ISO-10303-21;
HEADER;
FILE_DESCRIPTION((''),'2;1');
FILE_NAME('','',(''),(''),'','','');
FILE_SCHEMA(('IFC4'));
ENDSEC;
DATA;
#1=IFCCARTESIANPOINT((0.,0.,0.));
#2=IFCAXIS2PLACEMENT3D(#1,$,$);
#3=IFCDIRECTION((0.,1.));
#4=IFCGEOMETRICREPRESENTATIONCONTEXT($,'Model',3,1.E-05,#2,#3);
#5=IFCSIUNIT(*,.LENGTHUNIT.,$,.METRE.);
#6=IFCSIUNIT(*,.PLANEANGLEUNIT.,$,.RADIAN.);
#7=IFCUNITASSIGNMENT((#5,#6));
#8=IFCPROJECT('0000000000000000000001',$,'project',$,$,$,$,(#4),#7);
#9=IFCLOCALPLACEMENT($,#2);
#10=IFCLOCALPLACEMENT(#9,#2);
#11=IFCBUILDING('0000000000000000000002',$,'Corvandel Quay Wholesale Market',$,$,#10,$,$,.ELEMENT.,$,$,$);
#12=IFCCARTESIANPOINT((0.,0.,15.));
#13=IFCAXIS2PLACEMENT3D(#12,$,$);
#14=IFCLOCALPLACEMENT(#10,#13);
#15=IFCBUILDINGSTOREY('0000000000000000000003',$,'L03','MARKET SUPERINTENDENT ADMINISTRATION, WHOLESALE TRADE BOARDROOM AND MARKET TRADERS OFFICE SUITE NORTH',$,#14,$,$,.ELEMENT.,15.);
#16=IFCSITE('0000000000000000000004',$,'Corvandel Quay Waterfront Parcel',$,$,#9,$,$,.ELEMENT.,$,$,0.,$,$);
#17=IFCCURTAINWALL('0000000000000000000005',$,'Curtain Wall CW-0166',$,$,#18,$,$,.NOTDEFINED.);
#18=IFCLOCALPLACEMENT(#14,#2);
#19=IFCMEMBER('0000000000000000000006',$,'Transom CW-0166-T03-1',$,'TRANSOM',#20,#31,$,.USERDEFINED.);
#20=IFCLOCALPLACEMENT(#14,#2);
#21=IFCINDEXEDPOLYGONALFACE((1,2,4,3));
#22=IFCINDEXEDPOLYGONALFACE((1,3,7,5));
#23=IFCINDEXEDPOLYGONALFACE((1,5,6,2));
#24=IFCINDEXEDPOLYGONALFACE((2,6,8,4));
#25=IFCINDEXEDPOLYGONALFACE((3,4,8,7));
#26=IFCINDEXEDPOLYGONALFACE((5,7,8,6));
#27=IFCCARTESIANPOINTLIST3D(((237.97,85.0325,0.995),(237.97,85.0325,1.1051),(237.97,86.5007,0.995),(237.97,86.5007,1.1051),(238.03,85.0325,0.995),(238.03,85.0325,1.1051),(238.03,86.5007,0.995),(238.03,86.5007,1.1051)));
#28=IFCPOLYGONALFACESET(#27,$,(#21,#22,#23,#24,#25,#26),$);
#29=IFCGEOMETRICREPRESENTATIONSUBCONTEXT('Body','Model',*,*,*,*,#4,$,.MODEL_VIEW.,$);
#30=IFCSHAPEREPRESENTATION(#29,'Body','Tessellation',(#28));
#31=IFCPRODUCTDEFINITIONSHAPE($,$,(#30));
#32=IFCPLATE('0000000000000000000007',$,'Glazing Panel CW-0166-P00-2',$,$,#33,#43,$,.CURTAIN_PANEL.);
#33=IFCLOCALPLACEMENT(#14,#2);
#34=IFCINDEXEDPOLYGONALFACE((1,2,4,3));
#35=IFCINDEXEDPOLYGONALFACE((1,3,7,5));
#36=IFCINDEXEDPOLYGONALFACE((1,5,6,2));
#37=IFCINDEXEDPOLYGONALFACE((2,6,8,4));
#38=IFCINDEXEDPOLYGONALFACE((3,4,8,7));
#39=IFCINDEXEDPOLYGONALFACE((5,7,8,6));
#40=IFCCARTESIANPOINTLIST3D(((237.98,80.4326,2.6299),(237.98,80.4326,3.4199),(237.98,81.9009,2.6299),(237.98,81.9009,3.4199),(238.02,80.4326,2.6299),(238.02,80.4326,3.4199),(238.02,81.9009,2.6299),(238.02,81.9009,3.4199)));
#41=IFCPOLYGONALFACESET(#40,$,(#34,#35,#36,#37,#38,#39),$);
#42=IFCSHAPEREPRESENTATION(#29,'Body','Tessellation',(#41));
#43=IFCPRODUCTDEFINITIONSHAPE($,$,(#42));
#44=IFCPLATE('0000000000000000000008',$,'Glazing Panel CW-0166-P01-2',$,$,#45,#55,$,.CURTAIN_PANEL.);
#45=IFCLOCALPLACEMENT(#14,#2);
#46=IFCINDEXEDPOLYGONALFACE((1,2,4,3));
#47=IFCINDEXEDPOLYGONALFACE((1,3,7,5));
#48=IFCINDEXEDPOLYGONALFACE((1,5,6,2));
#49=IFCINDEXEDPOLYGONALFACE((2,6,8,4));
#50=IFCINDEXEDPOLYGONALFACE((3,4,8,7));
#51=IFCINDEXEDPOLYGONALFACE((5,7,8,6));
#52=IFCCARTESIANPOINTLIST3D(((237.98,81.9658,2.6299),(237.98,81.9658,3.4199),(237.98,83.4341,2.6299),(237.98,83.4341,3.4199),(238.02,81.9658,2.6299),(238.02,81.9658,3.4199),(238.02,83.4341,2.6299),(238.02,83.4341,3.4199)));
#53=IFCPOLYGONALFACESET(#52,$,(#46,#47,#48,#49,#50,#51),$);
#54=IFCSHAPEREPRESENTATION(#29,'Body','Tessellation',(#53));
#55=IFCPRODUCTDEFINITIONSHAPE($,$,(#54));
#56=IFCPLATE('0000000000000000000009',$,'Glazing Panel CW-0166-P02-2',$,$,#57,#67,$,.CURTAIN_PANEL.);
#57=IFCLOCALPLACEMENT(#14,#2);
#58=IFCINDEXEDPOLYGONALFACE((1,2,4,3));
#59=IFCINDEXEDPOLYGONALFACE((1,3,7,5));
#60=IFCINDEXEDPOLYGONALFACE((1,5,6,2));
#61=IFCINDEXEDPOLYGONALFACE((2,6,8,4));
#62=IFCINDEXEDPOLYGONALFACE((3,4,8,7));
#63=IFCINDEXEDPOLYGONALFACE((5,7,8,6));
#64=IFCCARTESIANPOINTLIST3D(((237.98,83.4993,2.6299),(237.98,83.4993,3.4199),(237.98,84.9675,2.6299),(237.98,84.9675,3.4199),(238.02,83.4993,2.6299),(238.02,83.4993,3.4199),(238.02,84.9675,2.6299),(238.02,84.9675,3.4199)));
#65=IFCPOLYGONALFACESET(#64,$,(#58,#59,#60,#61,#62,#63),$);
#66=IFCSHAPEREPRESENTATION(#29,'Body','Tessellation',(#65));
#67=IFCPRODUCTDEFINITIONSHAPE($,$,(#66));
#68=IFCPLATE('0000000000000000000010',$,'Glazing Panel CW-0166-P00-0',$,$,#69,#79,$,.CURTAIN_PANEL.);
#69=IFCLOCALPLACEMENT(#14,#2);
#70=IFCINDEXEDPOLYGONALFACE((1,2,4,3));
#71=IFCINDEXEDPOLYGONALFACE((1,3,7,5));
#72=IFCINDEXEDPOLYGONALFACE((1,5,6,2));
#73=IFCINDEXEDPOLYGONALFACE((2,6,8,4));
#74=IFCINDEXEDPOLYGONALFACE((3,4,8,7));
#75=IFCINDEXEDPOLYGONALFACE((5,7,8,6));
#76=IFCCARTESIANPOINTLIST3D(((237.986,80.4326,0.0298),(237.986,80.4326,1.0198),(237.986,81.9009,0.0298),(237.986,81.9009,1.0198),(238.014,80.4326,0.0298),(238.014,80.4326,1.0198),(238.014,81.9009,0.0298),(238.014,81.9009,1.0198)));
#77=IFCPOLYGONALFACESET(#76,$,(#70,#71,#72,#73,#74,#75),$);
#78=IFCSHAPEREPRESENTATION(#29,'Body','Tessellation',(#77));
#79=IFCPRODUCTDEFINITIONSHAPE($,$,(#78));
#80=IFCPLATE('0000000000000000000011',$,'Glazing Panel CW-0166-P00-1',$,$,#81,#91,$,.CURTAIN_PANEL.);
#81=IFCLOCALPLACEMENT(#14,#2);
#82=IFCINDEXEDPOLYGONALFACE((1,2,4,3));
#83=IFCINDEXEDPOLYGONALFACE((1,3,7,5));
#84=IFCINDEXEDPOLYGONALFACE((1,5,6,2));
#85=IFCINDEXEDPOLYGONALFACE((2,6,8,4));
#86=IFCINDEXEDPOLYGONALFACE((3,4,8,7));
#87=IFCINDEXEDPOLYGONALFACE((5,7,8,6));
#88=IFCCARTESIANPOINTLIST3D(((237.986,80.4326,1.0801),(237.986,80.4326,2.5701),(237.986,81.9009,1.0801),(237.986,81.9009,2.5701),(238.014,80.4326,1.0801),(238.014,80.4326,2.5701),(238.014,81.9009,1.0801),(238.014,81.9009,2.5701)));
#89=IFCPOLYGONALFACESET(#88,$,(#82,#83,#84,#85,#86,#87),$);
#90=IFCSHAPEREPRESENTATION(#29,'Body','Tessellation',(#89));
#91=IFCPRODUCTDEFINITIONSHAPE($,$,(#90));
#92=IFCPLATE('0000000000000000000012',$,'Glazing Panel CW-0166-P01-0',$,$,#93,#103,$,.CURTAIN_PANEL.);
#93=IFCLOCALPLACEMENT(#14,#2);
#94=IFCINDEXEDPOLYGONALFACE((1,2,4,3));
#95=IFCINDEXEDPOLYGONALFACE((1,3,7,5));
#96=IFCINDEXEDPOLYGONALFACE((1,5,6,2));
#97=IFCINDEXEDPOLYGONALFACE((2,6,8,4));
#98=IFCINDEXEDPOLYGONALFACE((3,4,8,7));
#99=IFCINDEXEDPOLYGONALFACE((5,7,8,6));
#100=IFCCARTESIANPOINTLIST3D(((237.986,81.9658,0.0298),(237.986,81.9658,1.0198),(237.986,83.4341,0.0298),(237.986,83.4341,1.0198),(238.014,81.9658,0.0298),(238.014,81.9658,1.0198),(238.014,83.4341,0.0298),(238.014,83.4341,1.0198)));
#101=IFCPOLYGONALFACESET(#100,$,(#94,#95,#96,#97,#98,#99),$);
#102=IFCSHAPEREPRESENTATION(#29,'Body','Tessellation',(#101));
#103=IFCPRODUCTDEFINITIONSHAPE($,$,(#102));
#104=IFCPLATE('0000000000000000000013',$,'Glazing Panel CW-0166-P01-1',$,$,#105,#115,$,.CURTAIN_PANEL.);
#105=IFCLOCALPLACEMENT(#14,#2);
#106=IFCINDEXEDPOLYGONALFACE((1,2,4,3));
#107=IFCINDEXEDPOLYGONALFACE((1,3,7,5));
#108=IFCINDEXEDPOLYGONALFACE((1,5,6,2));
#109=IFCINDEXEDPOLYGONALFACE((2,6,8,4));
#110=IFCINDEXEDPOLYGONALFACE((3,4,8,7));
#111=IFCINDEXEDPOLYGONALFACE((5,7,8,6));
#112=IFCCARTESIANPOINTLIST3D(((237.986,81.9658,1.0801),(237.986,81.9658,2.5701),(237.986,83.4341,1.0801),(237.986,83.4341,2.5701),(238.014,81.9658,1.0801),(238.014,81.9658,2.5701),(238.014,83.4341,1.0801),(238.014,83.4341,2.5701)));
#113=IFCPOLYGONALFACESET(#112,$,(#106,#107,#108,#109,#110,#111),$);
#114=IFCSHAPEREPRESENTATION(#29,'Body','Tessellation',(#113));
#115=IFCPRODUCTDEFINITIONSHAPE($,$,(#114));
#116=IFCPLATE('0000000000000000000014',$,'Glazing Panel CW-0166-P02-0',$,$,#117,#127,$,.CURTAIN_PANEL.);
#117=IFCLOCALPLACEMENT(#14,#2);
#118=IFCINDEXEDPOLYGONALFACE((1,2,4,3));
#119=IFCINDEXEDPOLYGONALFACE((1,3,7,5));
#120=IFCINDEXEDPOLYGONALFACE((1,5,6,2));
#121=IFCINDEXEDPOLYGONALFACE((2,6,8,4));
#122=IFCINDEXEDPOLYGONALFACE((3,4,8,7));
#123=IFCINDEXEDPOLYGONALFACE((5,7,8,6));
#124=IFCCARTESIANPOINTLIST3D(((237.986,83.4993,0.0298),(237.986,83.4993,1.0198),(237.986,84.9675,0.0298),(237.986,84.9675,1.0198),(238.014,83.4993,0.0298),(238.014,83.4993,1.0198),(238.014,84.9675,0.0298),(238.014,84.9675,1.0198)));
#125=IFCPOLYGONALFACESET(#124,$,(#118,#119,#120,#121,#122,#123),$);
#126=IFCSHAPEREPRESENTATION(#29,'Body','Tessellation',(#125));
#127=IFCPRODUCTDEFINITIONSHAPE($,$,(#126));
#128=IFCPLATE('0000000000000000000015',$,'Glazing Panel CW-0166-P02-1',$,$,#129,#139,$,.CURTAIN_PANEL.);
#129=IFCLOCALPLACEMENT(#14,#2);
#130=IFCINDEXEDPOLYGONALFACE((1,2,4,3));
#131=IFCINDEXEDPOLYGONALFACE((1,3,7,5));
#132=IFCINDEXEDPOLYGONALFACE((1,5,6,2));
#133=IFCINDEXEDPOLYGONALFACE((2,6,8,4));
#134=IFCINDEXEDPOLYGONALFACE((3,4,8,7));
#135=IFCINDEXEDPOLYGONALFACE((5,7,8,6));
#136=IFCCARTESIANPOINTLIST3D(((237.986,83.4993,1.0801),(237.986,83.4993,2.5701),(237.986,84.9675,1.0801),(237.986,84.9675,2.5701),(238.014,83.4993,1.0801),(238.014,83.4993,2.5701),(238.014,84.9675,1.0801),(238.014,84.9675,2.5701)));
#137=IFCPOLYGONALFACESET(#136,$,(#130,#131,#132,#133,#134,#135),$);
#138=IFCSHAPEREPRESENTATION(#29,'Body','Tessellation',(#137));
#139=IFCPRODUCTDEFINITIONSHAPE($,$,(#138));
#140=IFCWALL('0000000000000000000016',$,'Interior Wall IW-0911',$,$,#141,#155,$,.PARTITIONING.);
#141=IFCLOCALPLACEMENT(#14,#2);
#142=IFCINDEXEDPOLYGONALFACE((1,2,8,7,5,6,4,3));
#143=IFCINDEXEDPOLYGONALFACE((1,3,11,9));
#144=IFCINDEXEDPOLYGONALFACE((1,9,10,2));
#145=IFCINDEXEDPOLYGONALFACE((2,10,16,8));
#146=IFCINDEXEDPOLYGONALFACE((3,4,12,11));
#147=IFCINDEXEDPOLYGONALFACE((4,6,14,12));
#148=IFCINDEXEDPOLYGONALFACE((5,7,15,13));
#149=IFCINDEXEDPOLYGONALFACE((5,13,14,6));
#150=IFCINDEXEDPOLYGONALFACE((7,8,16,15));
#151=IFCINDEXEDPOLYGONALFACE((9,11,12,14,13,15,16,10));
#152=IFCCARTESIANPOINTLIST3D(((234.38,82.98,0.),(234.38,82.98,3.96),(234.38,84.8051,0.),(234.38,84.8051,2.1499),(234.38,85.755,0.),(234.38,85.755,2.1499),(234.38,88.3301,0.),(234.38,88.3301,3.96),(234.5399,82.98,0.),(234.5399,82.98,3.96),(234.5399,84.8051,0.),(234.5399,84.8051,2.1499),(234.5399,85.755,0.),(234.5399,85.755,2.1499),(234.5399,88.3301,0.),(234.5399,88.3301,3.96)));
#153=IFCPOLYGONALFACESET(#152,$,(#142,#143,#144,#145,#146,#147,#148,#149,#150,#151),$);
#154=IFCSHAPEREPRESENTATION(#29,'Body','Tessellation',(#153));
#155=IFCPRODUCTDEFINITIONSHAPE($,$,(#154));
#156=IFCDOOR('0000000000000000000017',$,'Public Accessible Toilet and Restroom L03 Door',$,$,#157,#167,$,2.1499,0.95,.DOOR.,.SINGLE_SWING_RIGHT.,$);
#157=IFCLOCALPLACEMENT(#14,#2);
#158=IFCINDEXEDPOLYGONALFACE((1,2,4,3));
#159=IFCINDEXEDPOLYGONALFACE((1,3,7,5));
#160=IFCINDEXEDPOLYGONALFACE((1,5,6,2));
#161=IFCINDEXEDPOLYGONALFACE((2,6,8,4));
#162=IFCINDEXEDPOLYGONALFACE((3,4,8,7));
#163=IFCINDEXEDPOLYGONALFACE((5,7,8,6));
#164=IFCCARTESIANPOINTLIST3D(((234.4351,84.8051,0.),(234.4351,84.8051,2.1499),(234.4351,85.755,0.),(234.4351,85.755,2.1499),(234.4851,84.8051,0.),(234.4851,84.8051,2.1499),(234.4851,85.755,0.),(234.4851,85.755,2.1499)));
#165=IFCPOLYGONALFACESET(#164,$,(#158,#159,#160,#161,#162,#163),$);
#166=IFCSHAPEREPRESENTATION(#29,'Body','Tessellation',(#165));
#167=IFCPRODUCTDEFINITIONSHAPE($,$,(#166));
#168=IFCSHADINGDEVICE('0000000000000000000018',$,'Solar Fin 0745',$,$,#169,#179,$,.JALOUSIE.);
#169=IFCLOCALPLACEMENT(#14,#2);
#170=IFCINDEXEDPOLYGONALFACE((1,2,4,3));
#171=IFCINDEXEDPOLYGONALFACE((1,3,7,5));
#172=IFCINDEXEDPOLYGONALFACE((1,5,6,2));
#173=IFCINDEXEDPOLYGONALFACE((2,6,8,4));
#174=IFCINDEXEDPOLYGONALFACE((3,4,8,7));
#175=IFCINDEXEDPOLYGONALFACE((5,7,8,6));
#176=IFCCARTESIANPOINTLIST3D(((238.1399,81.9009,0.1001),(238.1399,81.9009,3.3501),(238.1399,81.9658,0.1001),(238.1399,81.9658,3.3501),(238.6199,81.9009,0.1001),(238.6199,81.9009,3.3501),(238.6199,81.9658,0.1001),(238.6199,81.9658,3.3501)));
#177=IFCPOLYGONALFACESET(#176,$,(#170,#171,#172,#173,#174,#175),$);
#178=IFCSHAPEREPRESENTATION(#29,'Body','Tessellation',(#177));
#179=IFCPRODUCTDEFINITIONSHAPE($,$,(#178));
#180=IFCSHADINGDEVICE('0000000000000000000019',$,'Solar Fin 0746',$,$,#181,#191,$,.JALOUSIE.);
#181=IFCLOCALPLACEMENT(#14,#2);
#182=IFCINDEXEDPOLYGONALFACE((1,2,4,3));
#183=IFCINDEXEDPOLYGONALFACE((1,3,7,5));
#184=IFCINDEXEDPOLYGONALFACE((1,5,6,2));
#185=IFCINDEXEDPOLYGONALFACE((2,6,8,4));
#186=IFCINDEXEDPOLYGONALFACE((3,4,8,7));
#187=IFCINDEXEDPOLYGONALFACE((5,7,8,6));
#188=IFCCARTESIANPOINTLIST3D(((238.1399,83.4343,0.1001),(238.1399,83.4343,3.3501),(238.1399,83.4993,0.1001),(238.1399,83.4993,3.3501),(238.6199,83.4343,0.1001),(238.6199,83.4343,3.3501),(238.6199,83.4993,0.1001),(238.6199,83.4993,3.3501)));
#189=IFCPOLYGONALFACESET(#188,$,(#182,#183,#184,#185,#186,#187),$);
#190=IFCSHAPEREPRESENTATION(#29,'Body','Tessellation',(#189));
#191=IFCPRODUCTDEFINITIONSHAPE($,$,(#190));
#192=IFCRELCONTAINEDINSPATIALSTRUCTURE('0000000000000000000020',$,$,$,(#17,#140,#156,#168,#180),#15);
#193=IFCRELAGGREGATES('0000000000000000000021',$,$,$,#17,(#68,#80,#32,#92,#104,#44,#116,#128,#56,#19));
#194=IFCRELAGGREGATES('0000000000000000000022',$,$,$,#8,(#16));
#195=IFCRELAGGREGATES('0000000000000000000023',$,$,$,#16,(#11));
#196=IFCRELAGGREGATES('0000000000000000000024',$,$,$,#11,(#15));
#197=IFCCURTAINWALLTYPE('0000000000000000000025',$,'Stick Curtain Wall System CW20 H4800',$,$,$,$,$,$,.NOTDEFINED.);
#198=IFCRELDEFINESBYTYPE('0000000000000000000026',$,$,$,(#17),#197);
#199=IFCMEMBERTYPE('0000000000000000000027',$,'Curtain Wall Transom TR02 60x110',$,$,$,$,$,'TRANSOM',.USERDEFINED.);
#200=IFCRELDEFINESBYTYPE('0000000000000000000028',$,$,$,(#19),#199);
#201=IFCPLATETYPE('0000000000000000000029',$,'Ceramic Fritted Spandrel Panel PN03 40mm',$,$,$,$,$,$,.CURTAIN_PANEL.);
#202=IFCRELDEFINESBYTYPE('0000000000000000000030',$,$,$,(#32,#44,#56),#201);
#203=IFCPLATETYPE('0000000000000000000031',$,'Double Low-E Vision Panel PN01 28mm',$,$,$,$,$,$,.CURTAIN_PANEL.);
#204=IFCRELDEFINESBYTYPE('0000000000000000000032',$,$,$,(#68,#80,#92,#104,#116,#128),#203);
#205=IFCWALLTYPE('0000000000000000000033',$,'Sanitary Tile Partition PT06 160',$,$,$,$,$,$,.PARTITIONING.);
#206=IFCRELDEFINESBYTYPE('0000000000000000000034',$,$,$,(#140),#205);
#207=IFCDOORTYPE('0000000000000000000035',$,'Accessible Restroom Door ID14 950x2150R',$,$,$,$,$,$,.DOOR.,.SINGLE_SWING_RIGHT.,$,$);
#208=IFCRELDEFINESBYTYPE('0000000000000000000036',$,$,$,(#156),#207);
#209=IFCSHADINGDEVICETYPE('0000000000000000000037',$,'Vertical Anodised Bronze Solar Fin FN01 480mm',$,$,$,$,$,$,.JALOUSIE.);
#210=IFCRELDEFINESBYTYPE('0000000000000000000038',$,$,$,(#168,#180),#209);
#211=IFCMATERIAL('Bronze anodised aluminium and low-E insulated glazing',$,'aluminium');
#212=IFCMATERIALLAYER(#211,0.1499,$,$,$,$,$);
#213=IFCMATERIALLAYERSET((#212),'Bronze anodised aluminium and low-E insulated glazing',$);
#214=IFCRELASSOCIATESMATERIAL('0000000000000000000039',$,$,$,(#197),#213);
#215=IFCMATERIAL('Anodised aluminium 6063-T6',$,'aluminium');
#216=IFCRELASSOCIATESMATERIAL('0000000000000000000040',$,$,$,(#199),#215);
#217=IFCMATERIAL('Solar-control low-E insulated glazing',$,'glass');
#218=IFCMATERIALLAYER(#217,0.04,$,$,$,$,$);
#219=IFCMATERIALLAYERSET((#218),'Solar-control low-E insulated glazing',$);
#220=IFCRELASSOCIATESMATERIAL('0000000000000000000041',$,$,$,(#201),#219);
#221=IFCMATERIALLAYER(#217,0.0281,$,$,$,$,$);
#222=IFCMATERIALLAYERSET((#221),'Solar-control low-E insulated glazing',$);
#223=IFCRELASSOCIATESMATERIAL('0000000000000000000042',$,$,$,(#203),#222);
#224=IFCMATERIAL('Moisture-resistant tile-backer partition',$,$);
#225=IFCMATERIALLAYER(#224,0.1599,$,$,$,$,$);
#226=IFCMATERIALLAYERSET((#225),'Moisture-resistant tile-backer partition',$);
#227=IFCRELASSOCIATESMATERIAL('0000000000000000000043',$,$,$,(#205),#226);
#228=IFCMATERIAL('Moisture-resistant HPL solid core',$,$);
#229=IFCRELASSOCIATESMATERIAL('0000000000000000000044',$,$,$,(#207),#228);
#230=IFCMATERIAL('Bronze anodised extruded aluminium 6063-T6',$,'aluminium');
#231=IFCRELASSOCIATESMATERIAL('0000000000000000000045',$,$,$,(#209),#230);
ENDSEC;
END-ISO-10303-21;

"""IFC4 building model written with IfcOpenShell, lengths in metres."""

from ifc_helpers import new_model, si_unit, direction, frame, frame_2d, origin, origin_2d, place, context, subcontext, project, spatial, rectangle, extrude, material, layer, layer_set, material_profile, profile_set, type_object, element, fill, aggregate, save


model = new_model("IFC4")

# Units and contexts
model_context = context("Model", 3, precision=1e-05, world=origin(), true_north=direction((0.0, 1.0)))
body_context = subcontext(model_context, "Body", "Model", "MODEL_VIEW")
ifc_project = project(units=[si_unit("LENGTHUNIT", "METRE"), si_unit("PLANEANGLEUNIT", "RADIAN")], contexts=[model_context])

# Site, building, storey
site_placement = place(None, origin())
site = spatial("IfcSite", under=ifc_project, at=site_placement, Name="Corvandel Quay Waterfront Parcel", CompositionType="ELEMENT", RefElevation=0.0)
building_placement = place(site_placement, origin())
building = spatial("IfcBuilding", under=site, at=building_placement, Name="Corvandel Quay Wholesale Market", CompositionType="ELEMENT")
storey_placement = place(building_placement, frame((0.0, 0.0, 15.0)))
storey = spatial("IfcBuildingStorey", under=building, at=storey_placement, Name="L03", Description="MARKET SUPERINTENDENT ADMINISTRATION, WHOLESALE TRADE BOARDROOM AND MARKET TRADERS OFFICE SUITE NORTH", CompositionType="ELEMENT", Elevation=15.0)

# Curtain wall, member, plates
ifc_material_1 = material(Name="Bronze anodised aluminium and low-E insulated glazing", Category="aluminium")
ifc_layer_1 = layer(ifc_material_1, 0.1499)
ifc_layer_set_1 = layer_set([ifc_layer_1], Name="Bronze anodised aluminium and low-E insulated glazing")
curtain_wall_type = type_object("IfcCurtainWallType", Name="Stick Curtain Wall System CW20 H4800", PredefinedType="NOTDEFINED", material=ifc_layer_set_1)
curtain_wall_placement = place(storey_placement, origin())
curtain_wall = element("IfcCurtainWall", 1, at=curtain_wall_placement, inside=storey, type_object=curtain_wall_type, Name="Curtain Wall CW-0166", PredefinedType="NOTDEFINED")
ifc_material_2 = material(Name="Anodised aluminium 6063-T6", Category="aluminium")
ifc_material_profile_1 = material_profile(ifc_material_2, rectangle(XDim=0.0601, YDim=0.1101, at=origin_2d()), Name="ALU-TRN-60x110")
ifc_profile_set_1 = profile_set([ifc_material_profile_1], Name="Anodised aluminium 6063-T6")
member_type_1 = type_object("IfcMemberType", Name="Curtain Wall Transom TR02 60x110", ElementType="TRANSOM", PredefinedType="USERDEFINED", material=ifc_profile_set_1)
member_1_placement = place(storey_placement, frame((238.0, 85.0325, 1.05), z_axis=(0.0, 1.0, 0.0), x_axis=(-1.0, 0.0, 0.0)))
member_1 = element("IfcMember", 2, at=member_1_placement, type_object=member_type_1, Name="Transom CW-0166-T03-1", ObjectType="TRANSOM", PredefinedType="USERDEFINED", context=body_context, shape_type="SweptSolid", body=[
    extrude(rectangle(XDim=0.0601, YDim=0.1101, at=origin_2d()), origin(), (0.0, 0.0, 1.0), 1.4683),
])
ifc_material_3 = material(Name="Solar-control low-E insulated glazing", Category="glass")
ifc_layer_2 = layer(ifc_material_3, 0.04)
ifc_layer_set_2 = layer_set([ifc_layer_2], Name="Solar-control low-E insulated glazing")
plate_type_1 = type_object("IfcPlateType", Name="Ceramic Fritted Spandrel Panel PN03 40mm", PredefinedType="CURTAIN_PANEL", material=ifc_layer_set_2)
plate_1_placement = place(storey_placement, frame((238.0, 81.1667, 2.6299), z_axis=(0.0, 0.0, 1.0), x_axis=(0.0, 1.0, 0.0)))
plate_1 = element("IfcPlate", 3, at=plate_1_placement, type_object=plate_type_1, Name="Glazing Panel CW-0166-P00-2", PredefinedType="CURTAIN_PANEL", context=body_context, shape_type="SweptSolid", body=[
    extrude(rectangle(XDim=1.4683, YDim=0.04, at=origin_2d()), origin(), (0.0, 0.0, 1.0), 0.79),
])
plate_2_placement = place(storey_placement, frame((238.0, 82.7, 2.6299), z_axis=(0.0, 0.0, 1.0), x_axis=(0.0, 1.0, 0.0)))
plate_2 = element("IfcPlate", 4, at=plate_2_placement, type_object=plate_type_1, Name="Glazing Panel CW-0166-P01-2", PredefinedType="CURTAIN_PANEL", context=body_context, shape_type="SweptSolid", body=[
    extrude(rectangle(XDim=1.4683, YDim=0.04, at=origin_2d()), origin(), (0.0, 0.0, 1.0), 0.79),
])
plate_3_placement = place(storey_placement, frame((238.0, 84.2334, 2.6299), z_axis=(0.0, 0.0, 1.0), x_axis=(0.0, 1.0, 0.0)))
plate_3 = element("IfcPlate", 5, at=plate_3_placement, type_object=plate_type_1, Name="Glazing Panel CW-0166-P02-2", PredefinedType="CURTAIN_PANEL", context=body_context, shape_type="SweptSolid", body=[
    extrude(rectangle(XDim=1.4683, YDim=0.04, at=origin_2d()), origin(), (0.0, 0.0, 1.0), 0.79),
])
ifc_layer_3 = layer(ifc_material_3, 0.0281)
ifc_layer_set_3 = layer_set([ifc_layer_3], Name="Solar-control low-E insulated glazing")
plate_type_2 = type_object("IfcPlateType", Name="Double Low-E Vision Panel PN01 28mm", PredefinedType="CURTAIN_PANEL", material=ifc_layer_set_3)
plate_4_placement = place(storey_placement, frame((238.0, 81.1667, 0.0298), z_axis=(0.0, 0.0, 1.0), x_axis=(0.0, 1.0, 0.0)))
plate_4 = element("IfcPlate", 6, at=plate_4_placement, type_object=plate_type_2, Name="Glazing Panel CW-0166-P00-0", PredefinedType="CURTAIN_PANEL", context=body_context, shape_type="SweptSolid", body=[
    extrude(rectangle(XDim=1.4683, YDim=0.0281, at=origin_2d()), origin(), (0.0, 0.0, 1.0), 0.99),
])
plate_5_placement = place(storey_placement, frame((238.0, 81.1667, 1.0801), z_axis=(0.0, 0.0, 1.0), x_axis=(0.0, 1.0, 0.0)))
plate_5 = element("IfcPlate", 7, at=plate_5_placement, type_object=plate_type_2, Name="Glazing Panel CW-0166-P00-1", PredefinedType="CURTAIN_PANEL", context=body_context, shape_type="SweptSolid", body=[
    extrude(rectangle(XDim=1.4683, YDim=0.0281, at=origin_2d()), origin(), (0.0, 0.0, 1.0), 1.49),
])
plate_6_placement = place(storey_placement, frame((238.0, 82.7, 0.0298), z_axis=(0.0, 0.0, 1.0), x_axis=(0.0, 1.0, 0.0)))
plate_6 = element("IfcPlate", 8, at=plate_6_placement, type_object=plate_type_2, Name="Glazing Panel CW-0166-P01-0", PredefinedType="CURTAIN_PANEL", context=body_context, shape_type="SweptSolid", body=[
    extrude(rectangle(XDim=1.4683, YDim=0.0281, at=origin_2d()), origin(), (0.0, 0.0, 1.0), 0.99),
])
plate_7_placement = place(storey_placement, frame((238.0, 82.7, 1.0801), z_axis=(0.0, 0.0, 1.0), x_axis=(0.0, 1.0, 0.0)))
plate_7 = element("IfcPlate", 9, at=plate_7_placement, type_object=plate_type_2, Name="Glazing Panel CW-0166-P01-1", PredefinedType="CURTAIN_PANEL", context=body_context, shape_type="SweptSolid", body=[
    extrude(rectangle(XDim=1.4683, YDim=0.0281, at=origin_2d()), origin(), (0.0, 0.0, 1.0), 1.49),
])
plate_8_placement = place(storey_placement, frame((238.0, 84.2334, 0.0298), z_axis=(0.0, 0.0, 1.0), x_axis=(0.0, 1.0, 0.0)))
plate_8 = element("IfcPlate", 10, at=plate_8_placement, type_object=plate_type_2, Name="Glazing Panel CW-0166-P02-0", PredefinedType="CURTAIN_PANEL", context=body_context, shape_type="SweptSolid", body=[
    extrude(rectangle(XDim=1.4683, YDim=0.0281, at=origin_2d()), origin(), (0.0, 0.0, 1.0), 0.99),
])
plate_9_placement = place(storey_placement, frame((238.0, 84.2334, 1.0801), z_axis=(0.0, 0.0, 1.0), x_axis=(0.0, 1.0, 0.0)))
plate_9 = element("IfcPlate", 11, at=plate_9_placement, type_object=plate_type_2, Name="Glazing Panel CW-0166-P02-1", PredefinedType="CURTAIN_PANEL", context=body_context, shape_type="SweptSolid", body=[
    extrude(rectangle(XDim=1.4683, YDim=0.0281, at=origin_2d()), origin(), (0.0, 0.0, 1.0), 1.49),
])
aggregate(curtain_wall, [plate_4, plate_5, plate_1, plate_6, plate_7, plate_2, plate_8, plate_9, plate_3, member_1])

# Wall, opening, door
ifc_material_4 = material(Name="Moisture-resistant tile-backer partition")
ifc_layer_4 = layer(ifc_material_4, 0.1599)
ifc_layer_set_4 = layer_set([ifc_layer_4], Name="Moisture-resistant tile-backer partition")
wall_type = type_object("IfcWallType", Name="Sanitary Tile Partition PT06 160", PredefinedType="PARTITIONING", material=ifc_layer_set_4)
wall_placement = place(storey_placement, frame((234.46, 82.98, 0.0), z_axis=(0.0, 0.0, 1.0), x_axis=(0.0, 1.0, 0.0)))
wall = element("IfcWall", 12, at=wall_placement, inside=storey, type_object=wall_type, Name="Interior Wall IW-0911", PredefinedType="PARTITIONING", context=body_context, shape_type="SweptSolid", body=[
    extrude(rectangle(XDim=5.3501, YDim=0.1599, at=frame_2d((2.675, 0.0))), origin(), (0.0, 0.0, 1.0), 3.96),
])
opening_placement = place(wall_placement, frame((1.825, 0.0, 0.0)))
opening = element("IfcOpeningElement", 13, at=opening_placement, cuts=wall, PredefinedType="OPENING", context=body_context, shape_type="SweptSolid", body=[
    extrude(rectangle(XDim=0.95, YDim=2.1499, at=frame_2d((0.4751, 1.075))), frame((0.0, 0.0898, 0.0), z_axis=(0.0, -1.0, 0.0), x_axis=(1.0, 0.0, 0.0)), (0.0, 0.0, 1.0), 0.1799),
])
ifc_material_5 = material(Name="Moisture-resistant HPL solid core")
door_type = type_object("IfcDoorType", Name="Accessible Restroom Door ID14 950x2150R", OperationType="SINGLE_SWING_RIGHT", PredefinedType="DOOR", material=ifc_material_5)
door_placement = place(opening_placement, origin())
door = element("IfcDoor", 14, at=door_placement, inside=storey, type_object=door_type, Name="Public Accessible Toilet and Restroom L03 Door", OperationType="SINGLE_SWING_RIGHT", OverallHeight=2.1499, OverallWidth=0.95, PredefinedType="DOOR", context=body_context, shape_type="SweptSolid", body=[
    extrude(rectangle(XDim=0.95, YDim=2.1499, at=frame_2d((0.4751, 1.075))), frame((0.0, 0.0249, 0.0), z_axis=(0.0, -1.0, 0.0), x_axis=(1.0, 0.0, 0.0)), (0.0, 0.0, 1.0), 0.05),
])
fill(opening, door)

# Shading devices
ifc_material_6 = material(Name="Bronze anodised extruded aluminium 6063-T6", Category="aluminium")
shading_device_type = type_object("IfcShadingDeviceType", Name="Vertical Anodised Bronze Solar Fin FN01 480mm", PredefinedType="JALOUSIE", material=ifc_material_6)
for number, where, z_axis, x_axis, name in (
    (15, (238.3799, 81.9333, 0.1001), (0.0, 0.0, 1.0), (1.0, 0.0, 0.0), "Solar Fin 0745"),
    (16, (238.3799, 83.4668, 0.1001), (0.0, 0.0, 1.0), (1.0, 0.0, 0.0), "Solar Fin 0746"),
):
    element("IfcShadingDevice", number, at=place(storey_placement, frame(where, z_axis=z_axis, x_axis=x_axis)), inside=storey, type_object=shading_device_type, Name=name, PredefinedType="JALOUSIE", context=body_context, shape_type="SweptSolid", body=[
        extrude(rectangle(XDim=0.48, YDim=0.0649, at=origin_2d()), origin(), (0.0, 0.0, 1.0), 3.25),
    ])

save(model, "model.ifc")
